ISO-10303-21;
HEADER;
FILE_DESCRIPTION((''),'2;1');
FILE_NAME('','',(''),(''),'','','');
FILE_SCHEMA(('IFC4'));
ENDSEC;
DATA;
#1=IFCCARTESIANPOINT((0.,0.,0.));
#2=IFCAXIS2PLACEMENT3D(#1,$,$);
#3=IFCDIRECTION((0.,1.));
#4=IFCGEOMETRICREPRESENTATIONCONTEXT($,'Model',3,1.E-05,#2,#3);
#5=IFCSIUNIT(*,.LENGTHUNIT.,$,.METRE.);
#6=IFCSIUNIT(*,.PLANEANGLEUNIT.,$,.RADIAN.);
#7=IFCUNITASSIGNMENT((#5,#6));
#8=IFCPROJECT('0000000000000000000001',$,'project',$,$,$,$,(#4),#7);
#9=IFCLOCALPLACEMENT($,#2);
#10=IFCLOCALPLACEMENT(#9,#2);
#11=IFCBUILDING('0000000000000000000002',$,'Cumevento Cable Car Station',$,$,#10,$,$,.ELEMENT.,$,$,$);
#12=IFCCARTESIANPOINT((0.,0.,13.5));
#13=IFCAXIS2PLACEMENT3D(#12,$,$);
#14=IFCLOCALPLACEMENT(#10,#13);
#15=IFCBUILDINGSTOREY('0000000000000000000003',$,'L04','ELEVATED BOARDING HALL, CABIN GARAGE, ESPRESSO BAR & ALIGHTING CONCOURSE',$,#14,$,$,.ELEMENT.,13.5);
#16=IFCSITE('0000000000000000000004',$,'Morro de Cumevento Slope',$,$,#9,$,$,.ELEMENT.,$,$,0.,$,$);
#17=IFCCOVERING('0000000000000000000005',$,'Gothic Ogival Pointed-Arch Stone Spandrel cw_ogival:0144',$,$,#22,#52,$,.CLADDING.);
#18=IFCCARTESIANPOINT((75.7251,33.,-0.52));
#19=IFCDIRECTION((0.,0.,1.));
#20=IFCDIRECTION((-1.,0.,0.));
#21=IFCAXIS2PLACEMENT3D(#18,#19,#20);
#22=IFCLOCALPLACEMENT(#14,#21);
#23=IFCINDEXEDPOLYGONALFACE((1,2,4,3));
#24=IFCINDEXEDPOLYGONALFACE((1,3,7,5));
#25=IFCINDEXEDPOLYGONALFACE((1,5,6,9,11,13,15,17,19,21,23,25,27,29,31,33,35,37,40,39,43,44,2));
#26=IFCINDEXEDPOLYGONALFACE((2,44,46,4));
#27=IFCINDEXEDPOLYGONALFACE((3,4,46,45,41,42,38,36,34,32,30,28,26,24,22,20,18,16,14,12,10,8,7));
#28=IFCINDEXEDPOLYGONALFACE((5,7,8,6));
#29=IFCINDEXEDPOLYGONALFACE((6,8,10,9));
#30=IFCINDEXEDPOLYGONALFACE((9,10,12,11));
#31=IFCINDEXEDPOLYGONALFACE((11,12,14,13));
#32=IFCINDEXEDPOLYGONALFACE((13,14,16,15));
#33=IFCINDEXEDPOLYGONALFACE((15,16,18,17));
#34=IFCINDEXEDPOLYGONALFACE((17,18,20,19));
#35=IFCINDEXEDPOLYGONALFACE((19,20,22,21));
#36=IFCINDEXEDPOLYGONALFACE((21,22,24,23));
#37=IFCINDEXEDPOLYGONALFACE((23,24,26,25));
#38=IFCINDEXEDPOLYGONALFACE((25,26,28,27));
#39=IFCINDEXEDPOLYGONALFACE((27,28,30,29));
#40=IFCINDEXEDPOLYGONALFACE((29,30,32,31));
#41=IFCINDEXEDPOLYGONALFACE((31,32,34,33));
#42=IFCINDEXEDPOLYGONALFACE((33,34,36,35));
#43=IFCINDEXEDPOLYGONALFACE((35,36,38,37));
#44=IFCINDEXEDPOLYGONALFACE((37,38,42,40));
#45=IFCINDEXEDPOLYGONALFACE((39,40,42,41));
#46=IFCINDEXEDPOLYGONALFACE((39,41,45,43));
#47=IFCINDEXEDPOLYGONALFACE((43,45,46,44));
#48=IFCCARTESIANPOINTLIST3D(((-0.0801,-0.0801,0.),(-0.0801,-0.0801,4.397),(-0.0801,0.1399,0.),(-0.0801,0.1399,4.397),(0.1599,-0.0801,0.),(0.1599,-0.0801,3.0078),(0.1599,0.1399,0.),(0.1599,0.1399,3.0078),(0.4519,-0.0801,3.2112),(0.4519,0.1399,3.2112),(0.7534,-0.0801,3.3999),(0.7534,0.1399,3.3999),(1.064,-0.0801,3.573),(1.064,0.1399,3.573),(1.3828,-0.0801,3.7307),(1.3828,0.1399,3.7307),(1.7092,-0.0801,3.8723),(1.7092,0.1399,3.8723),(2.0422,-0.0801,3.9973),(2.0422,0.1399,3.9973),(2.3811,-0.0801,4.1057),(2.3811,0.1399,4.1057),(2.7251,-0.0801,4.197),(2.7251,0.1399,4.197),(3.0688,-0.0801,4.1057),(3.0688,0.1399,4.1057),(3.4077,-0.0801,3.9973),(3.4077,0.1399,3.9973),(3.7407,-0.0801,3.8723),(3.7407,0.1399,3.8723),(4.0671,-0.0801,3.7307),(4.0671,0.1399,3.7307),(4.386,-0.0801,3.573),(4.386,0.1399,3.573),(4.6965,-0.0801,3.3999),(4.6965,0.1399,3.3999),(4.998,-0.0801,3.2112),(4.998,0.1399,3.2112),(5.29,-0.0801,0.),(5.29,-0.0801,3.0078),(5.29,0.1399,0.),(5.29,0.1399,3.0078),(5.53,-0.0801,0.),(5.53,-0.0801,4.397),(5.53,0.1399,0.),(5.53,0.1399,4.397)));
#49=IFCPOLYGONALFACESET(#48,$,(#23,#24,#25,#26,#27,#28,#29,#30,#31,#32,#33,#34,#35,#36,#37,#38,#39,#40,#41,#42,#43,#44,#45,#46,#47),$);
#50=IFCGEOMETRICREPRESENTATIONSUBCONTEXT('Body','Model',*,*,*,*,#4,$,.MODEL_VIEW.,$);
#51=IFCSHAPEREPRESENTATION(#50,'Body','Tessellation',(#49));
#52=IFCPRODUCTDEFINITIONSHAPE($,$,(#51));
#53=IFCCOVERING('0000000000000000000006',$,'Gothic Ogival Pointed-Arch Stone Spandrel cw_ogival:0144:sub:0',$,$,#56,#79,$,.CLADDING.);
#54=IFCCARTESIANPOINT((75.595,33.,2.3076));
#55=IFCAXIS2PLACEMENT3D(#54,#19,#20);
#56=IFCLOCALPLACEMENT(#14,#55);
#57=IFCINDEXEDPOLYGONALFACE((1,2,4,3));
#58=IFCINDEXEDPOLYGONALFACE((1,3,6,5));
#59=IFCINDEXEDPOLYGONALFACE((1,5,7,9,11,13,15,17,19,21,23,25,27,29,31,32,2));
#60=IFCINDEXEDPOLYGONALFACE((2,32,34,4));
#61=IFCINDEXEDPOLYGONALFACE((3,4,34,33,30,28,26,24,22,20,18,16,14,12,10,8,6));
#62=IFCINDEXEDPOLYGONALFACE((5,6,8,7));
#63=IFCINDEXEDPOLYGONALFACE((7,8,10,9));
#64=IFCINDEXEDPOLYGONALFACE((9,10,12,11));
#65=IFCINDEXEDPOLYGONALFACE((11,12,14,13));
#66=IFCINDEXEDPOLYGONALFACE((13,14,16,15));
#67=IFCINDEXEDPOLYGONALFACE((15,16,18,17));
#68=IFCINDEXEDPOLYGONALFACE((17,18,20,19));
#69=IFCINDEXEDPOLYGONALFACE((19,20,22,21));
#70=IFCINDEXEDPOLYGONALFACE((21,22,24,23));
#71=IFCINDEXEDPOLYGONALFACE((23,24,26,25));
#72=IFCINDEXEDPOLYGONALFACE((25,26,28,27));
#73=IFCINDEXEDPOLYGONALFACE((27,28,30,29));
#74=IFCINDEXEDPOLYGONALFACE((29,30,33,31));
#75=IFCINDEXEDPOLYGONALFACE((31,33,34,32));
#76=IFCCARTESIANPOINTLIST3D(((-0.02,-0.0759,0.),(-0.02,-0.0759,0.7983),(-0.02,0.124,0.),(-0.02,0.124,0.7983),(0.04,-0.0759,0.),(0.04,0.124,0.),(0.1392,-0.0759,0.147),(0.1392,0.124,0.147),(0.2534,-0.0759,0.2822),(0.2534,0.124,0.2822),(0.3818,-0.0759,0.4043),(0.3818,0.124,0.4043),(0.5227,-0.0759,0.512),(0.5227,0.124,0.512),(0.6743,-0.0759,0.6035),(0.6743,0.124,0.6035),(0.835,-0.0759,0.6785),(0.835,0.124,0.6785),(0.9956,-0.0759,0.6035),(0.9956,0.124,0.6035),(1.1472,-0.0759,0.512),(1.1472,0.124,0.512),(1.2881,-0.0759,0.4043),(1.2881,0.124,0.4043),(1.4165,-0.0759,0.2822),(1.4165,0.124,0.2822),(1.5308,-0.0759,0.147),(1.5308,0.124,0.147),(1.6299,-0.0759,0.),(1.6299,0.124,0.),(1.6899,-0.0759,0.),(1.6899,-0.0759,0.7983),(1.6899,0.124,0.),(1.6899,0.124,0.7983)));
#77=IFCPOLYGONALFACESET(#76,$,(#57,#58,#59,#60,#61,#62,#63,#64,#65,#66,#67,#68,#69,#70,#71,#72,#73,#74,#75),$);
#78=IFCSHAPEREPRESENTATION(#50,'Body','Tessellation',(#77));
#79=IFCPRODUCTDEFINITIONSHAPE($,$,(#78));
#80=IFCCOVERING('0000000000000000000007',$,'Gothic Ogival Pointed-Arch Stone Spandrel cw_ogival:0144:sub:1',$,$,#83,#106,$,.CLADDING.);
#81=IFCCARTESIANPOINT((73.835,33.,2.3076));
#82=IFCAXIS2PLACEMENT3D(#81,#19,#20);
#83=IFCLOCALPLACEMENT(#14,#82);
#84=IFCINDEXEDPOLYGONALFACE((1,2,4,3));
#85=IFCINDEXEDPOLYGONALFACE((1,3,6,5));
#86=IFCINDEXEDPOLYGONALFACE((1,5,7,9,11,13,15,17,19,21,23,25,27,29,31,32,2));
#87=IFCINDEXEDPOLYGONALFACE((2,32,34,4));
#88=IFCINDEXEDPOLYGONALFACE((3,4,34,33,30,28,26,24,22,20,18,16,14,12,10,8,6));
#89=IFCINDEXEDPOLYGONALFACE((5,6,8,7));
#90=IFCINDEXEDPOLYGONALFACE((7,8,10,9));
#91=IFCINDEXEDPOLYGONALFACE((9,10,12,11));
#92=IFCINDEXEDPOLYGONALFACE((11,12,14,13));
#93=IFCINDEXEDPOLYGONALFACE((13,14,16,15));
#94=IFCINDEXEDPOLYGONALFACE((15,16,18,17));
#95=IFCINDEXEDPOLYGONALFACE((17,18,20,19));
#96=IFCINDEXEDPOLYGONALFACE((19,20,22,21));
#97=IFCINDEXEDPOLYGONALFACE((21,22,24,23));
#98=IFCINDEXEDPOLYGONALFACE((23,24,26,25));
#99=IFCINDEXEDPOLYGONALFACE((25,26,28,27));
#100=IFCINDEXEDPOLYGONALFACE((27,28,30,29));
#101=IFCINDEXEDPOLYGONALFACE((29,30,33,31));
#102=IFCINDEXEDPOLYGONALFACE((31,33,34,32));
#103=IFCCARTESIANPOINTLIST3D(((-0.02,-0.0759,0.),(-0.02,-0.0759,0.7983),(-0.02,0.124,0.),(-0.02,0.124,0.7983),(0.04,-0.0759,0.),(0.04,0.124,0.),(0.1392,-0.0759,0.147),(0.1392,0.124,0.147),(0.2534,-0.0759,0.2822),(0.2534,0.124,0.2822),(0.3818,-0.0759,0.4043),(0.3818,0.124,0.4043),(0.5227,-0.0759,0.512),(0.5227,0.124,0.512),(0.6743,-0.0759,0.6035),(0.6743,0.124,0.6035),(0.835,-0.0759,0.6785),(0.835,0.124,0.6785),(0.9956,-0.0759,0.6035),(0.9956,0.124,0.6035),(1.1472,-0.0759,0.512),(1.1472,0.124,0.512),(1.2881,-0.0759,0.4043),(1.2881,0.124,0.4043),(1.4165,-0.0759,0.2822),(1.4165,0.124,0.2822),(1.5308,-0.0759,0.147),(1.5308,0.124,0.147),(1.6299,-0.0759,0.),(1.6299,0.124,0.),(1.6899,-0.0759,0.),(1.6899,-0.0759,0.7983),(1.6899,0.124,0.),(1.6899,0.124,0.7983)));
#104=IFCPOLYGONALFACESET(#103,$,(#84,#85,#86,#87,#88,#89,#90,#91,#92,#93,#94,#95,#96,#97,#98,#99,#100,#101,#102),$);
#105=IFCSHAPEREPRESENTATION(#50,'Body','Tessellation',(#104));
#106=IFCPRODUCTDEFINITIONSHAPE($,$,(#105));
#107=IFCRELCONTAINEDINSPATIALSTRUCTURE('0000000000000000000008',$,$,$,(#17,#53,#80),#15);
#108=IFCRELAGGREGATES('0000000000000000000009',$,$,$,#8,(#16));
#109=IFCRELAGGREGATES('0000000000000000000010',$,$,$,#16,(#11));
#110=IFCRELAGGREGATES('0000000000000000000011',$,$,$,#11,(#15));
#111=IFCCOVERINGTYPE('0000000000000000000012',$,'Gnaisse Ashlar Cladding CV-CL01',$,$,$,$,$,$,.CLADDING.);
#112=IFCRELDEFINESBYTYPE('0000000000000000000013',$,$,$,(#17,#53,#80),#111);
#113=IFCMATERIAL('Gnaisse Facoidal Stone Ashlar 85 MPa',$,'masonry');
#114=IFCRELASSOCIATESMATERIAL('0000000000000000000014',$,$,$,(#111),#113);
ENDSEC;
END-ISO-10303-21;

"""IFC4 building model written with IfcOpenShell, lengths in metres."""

from ifc_helpers import new_model, si_unit, direction, frame, origin, place, context, subcontext, project, spatial, polyline, outline, extrude, material, type_object, element, save


model = new_model("IFC4")

# Units and contexts
model_context = context("Model", 3, precision=1e-05, world=origin(), true_north=direction((0.0, 1.0)))
body_context = subcontext(model_context, "Body", "Model", "MODEL_VIEW")
ifc_project = project(units=[si_unit("LENGTHUNIT", "METRE"), si_unit("PLANEANGLEUNIT", "RADIAN")], contexts=[model_context])

# Site, building, storey
site_placement = place(None, origin())
site = spatial("IfcSite", under=ifc_project, at=site_placement, Name="Morro de Cumevento Slope", CompositionType="ELEMENT", RefElevation=0.0)
building_placement = place(site_placement, origin())
building = spatial("IfcBuilding", under=site, at=building_placement, Name="Cumevento Cable Car Station", CompositionType="ELEMENT")
storey_placement = place(building_placement, frame((0.0, 0.0, 13.5)))
storey = spatial("IfcBuildingStorey", under=building, at=storey_placement, Name="L04", Description="ELEVATED BOARDING HALL, CABIN GARAGE, ESPRESSO BAR & ALIGHTING CONCOURSE", CompositionType="ELEMENT", Elevation=13.5)

# Coverings
ifc_material_1 = material(Name="Gnaisse Facoidal Stone Ashlar 85 MPa", Category="masonry")
covering_type = type_object("IfcCoveringType", Name="Gnaisse Ashlar Cladding CV-CL01", PredefinedType="CLADDING", material=ifc_material_1)
covering_placement = place(storey_placement, frame((75.7251, 33.0, -0.52), z_axis=(0.0, 0.0, 1.0), x_axis=(-1.0, 0.0, 0.0)))
element("IfcCovering", 1, at=covering_placement, inside=storey, type_object=covering_type, Name="Gothic Ogival Pointed-Arch Stone Spandrel cw_ogival:0144", PredefinedType="CLADDING", context=body_context, shape_type="SweptSolid", body=[
    extrude(outline(polyline([(-0.0801, 0.0), (-0.0801, 4.397), (5.53, 4.397), (5.53, 0.0), (5.29, 0.0), (5.29, 3.0078), (4.998, 3.2112), (4.6965, 3.3999), (4.386, 3.573), (4.0671, 3.7307), (3.7407, 3.8723), (3.4077, 3.9973), (3.0688, 4.1057), (2.7251, 4.197), (2.3811, 4.1057), (2.0422, 3.9973), (1.7092, 3.8723), (1.3828, 3.7307), (1.064, 3.573), (0.7534, 3.3999), (0.4519, 3.2112), (0.1599, 3.0078), (0.1599, 0.0), (-0.0801, 0.0)])), frame((0.0, 0.1399, 0.0), z_axis=(0.0, -1.0, 0.0), x_axis=(1.0, 0.0, 0.0)), (0.0, 0.0, 1.0), 0.22),
])
for number, where, z_axis, x_axis, name in (
    (2, (75.595, 33.0, 2.3076), (0.0, 0.0, 1.0), (-1.0, 0.0, 0.0), "Gothic Ogival Pointed-Arch Stone Spandrel cw_ogival:0144:sub:0"),
    (3, (73.835, 33.0, 2.3076), (0.0, 0.0, 1.0), (-1.0, 0.0, 0.0), "Gothic Ogival Pointed-Arch Stone Spandrel cw_ogival:0144:sub:1"),
):
    element("IfcCovering", number, at=place(storey_placement, frame(where, z_axis=z_axis, x_axis=x_axis)), inside=storey, type_object=covering_type, Name=name, PredefinedType="CLADDING", context=body_context, shape_type="SweptSolid", body=[
        extrude(outline(polyline([(-0.02, 0.0), (-0.02, 0.7983), (1.6899, 0.7983), (1.6899, 0.0), (1.6299, 0.0), (1.5308, 0.147), (1.4165, 0.2822), (1.2881, 0.4043), (1.1472, 0.512), (0.9956, 0.6035), (0.835, 0.6785), (0.6743, 0.6035), (0.5227, 0.512), (0.3818, 0.4043), (0.2534, 0.2822), (0.1392, 0.147), (0.04, 0.0), (-0.02, 0.0)])), frame((0.0, 0.124, 0.0), z_axis=(0.0, -1.0, 0.0), x_axis=(1.0, 0.0, 0.0)), (0.0, 0.0, 1.0), 0.2),
    ])

save(model, "model.ifc")
